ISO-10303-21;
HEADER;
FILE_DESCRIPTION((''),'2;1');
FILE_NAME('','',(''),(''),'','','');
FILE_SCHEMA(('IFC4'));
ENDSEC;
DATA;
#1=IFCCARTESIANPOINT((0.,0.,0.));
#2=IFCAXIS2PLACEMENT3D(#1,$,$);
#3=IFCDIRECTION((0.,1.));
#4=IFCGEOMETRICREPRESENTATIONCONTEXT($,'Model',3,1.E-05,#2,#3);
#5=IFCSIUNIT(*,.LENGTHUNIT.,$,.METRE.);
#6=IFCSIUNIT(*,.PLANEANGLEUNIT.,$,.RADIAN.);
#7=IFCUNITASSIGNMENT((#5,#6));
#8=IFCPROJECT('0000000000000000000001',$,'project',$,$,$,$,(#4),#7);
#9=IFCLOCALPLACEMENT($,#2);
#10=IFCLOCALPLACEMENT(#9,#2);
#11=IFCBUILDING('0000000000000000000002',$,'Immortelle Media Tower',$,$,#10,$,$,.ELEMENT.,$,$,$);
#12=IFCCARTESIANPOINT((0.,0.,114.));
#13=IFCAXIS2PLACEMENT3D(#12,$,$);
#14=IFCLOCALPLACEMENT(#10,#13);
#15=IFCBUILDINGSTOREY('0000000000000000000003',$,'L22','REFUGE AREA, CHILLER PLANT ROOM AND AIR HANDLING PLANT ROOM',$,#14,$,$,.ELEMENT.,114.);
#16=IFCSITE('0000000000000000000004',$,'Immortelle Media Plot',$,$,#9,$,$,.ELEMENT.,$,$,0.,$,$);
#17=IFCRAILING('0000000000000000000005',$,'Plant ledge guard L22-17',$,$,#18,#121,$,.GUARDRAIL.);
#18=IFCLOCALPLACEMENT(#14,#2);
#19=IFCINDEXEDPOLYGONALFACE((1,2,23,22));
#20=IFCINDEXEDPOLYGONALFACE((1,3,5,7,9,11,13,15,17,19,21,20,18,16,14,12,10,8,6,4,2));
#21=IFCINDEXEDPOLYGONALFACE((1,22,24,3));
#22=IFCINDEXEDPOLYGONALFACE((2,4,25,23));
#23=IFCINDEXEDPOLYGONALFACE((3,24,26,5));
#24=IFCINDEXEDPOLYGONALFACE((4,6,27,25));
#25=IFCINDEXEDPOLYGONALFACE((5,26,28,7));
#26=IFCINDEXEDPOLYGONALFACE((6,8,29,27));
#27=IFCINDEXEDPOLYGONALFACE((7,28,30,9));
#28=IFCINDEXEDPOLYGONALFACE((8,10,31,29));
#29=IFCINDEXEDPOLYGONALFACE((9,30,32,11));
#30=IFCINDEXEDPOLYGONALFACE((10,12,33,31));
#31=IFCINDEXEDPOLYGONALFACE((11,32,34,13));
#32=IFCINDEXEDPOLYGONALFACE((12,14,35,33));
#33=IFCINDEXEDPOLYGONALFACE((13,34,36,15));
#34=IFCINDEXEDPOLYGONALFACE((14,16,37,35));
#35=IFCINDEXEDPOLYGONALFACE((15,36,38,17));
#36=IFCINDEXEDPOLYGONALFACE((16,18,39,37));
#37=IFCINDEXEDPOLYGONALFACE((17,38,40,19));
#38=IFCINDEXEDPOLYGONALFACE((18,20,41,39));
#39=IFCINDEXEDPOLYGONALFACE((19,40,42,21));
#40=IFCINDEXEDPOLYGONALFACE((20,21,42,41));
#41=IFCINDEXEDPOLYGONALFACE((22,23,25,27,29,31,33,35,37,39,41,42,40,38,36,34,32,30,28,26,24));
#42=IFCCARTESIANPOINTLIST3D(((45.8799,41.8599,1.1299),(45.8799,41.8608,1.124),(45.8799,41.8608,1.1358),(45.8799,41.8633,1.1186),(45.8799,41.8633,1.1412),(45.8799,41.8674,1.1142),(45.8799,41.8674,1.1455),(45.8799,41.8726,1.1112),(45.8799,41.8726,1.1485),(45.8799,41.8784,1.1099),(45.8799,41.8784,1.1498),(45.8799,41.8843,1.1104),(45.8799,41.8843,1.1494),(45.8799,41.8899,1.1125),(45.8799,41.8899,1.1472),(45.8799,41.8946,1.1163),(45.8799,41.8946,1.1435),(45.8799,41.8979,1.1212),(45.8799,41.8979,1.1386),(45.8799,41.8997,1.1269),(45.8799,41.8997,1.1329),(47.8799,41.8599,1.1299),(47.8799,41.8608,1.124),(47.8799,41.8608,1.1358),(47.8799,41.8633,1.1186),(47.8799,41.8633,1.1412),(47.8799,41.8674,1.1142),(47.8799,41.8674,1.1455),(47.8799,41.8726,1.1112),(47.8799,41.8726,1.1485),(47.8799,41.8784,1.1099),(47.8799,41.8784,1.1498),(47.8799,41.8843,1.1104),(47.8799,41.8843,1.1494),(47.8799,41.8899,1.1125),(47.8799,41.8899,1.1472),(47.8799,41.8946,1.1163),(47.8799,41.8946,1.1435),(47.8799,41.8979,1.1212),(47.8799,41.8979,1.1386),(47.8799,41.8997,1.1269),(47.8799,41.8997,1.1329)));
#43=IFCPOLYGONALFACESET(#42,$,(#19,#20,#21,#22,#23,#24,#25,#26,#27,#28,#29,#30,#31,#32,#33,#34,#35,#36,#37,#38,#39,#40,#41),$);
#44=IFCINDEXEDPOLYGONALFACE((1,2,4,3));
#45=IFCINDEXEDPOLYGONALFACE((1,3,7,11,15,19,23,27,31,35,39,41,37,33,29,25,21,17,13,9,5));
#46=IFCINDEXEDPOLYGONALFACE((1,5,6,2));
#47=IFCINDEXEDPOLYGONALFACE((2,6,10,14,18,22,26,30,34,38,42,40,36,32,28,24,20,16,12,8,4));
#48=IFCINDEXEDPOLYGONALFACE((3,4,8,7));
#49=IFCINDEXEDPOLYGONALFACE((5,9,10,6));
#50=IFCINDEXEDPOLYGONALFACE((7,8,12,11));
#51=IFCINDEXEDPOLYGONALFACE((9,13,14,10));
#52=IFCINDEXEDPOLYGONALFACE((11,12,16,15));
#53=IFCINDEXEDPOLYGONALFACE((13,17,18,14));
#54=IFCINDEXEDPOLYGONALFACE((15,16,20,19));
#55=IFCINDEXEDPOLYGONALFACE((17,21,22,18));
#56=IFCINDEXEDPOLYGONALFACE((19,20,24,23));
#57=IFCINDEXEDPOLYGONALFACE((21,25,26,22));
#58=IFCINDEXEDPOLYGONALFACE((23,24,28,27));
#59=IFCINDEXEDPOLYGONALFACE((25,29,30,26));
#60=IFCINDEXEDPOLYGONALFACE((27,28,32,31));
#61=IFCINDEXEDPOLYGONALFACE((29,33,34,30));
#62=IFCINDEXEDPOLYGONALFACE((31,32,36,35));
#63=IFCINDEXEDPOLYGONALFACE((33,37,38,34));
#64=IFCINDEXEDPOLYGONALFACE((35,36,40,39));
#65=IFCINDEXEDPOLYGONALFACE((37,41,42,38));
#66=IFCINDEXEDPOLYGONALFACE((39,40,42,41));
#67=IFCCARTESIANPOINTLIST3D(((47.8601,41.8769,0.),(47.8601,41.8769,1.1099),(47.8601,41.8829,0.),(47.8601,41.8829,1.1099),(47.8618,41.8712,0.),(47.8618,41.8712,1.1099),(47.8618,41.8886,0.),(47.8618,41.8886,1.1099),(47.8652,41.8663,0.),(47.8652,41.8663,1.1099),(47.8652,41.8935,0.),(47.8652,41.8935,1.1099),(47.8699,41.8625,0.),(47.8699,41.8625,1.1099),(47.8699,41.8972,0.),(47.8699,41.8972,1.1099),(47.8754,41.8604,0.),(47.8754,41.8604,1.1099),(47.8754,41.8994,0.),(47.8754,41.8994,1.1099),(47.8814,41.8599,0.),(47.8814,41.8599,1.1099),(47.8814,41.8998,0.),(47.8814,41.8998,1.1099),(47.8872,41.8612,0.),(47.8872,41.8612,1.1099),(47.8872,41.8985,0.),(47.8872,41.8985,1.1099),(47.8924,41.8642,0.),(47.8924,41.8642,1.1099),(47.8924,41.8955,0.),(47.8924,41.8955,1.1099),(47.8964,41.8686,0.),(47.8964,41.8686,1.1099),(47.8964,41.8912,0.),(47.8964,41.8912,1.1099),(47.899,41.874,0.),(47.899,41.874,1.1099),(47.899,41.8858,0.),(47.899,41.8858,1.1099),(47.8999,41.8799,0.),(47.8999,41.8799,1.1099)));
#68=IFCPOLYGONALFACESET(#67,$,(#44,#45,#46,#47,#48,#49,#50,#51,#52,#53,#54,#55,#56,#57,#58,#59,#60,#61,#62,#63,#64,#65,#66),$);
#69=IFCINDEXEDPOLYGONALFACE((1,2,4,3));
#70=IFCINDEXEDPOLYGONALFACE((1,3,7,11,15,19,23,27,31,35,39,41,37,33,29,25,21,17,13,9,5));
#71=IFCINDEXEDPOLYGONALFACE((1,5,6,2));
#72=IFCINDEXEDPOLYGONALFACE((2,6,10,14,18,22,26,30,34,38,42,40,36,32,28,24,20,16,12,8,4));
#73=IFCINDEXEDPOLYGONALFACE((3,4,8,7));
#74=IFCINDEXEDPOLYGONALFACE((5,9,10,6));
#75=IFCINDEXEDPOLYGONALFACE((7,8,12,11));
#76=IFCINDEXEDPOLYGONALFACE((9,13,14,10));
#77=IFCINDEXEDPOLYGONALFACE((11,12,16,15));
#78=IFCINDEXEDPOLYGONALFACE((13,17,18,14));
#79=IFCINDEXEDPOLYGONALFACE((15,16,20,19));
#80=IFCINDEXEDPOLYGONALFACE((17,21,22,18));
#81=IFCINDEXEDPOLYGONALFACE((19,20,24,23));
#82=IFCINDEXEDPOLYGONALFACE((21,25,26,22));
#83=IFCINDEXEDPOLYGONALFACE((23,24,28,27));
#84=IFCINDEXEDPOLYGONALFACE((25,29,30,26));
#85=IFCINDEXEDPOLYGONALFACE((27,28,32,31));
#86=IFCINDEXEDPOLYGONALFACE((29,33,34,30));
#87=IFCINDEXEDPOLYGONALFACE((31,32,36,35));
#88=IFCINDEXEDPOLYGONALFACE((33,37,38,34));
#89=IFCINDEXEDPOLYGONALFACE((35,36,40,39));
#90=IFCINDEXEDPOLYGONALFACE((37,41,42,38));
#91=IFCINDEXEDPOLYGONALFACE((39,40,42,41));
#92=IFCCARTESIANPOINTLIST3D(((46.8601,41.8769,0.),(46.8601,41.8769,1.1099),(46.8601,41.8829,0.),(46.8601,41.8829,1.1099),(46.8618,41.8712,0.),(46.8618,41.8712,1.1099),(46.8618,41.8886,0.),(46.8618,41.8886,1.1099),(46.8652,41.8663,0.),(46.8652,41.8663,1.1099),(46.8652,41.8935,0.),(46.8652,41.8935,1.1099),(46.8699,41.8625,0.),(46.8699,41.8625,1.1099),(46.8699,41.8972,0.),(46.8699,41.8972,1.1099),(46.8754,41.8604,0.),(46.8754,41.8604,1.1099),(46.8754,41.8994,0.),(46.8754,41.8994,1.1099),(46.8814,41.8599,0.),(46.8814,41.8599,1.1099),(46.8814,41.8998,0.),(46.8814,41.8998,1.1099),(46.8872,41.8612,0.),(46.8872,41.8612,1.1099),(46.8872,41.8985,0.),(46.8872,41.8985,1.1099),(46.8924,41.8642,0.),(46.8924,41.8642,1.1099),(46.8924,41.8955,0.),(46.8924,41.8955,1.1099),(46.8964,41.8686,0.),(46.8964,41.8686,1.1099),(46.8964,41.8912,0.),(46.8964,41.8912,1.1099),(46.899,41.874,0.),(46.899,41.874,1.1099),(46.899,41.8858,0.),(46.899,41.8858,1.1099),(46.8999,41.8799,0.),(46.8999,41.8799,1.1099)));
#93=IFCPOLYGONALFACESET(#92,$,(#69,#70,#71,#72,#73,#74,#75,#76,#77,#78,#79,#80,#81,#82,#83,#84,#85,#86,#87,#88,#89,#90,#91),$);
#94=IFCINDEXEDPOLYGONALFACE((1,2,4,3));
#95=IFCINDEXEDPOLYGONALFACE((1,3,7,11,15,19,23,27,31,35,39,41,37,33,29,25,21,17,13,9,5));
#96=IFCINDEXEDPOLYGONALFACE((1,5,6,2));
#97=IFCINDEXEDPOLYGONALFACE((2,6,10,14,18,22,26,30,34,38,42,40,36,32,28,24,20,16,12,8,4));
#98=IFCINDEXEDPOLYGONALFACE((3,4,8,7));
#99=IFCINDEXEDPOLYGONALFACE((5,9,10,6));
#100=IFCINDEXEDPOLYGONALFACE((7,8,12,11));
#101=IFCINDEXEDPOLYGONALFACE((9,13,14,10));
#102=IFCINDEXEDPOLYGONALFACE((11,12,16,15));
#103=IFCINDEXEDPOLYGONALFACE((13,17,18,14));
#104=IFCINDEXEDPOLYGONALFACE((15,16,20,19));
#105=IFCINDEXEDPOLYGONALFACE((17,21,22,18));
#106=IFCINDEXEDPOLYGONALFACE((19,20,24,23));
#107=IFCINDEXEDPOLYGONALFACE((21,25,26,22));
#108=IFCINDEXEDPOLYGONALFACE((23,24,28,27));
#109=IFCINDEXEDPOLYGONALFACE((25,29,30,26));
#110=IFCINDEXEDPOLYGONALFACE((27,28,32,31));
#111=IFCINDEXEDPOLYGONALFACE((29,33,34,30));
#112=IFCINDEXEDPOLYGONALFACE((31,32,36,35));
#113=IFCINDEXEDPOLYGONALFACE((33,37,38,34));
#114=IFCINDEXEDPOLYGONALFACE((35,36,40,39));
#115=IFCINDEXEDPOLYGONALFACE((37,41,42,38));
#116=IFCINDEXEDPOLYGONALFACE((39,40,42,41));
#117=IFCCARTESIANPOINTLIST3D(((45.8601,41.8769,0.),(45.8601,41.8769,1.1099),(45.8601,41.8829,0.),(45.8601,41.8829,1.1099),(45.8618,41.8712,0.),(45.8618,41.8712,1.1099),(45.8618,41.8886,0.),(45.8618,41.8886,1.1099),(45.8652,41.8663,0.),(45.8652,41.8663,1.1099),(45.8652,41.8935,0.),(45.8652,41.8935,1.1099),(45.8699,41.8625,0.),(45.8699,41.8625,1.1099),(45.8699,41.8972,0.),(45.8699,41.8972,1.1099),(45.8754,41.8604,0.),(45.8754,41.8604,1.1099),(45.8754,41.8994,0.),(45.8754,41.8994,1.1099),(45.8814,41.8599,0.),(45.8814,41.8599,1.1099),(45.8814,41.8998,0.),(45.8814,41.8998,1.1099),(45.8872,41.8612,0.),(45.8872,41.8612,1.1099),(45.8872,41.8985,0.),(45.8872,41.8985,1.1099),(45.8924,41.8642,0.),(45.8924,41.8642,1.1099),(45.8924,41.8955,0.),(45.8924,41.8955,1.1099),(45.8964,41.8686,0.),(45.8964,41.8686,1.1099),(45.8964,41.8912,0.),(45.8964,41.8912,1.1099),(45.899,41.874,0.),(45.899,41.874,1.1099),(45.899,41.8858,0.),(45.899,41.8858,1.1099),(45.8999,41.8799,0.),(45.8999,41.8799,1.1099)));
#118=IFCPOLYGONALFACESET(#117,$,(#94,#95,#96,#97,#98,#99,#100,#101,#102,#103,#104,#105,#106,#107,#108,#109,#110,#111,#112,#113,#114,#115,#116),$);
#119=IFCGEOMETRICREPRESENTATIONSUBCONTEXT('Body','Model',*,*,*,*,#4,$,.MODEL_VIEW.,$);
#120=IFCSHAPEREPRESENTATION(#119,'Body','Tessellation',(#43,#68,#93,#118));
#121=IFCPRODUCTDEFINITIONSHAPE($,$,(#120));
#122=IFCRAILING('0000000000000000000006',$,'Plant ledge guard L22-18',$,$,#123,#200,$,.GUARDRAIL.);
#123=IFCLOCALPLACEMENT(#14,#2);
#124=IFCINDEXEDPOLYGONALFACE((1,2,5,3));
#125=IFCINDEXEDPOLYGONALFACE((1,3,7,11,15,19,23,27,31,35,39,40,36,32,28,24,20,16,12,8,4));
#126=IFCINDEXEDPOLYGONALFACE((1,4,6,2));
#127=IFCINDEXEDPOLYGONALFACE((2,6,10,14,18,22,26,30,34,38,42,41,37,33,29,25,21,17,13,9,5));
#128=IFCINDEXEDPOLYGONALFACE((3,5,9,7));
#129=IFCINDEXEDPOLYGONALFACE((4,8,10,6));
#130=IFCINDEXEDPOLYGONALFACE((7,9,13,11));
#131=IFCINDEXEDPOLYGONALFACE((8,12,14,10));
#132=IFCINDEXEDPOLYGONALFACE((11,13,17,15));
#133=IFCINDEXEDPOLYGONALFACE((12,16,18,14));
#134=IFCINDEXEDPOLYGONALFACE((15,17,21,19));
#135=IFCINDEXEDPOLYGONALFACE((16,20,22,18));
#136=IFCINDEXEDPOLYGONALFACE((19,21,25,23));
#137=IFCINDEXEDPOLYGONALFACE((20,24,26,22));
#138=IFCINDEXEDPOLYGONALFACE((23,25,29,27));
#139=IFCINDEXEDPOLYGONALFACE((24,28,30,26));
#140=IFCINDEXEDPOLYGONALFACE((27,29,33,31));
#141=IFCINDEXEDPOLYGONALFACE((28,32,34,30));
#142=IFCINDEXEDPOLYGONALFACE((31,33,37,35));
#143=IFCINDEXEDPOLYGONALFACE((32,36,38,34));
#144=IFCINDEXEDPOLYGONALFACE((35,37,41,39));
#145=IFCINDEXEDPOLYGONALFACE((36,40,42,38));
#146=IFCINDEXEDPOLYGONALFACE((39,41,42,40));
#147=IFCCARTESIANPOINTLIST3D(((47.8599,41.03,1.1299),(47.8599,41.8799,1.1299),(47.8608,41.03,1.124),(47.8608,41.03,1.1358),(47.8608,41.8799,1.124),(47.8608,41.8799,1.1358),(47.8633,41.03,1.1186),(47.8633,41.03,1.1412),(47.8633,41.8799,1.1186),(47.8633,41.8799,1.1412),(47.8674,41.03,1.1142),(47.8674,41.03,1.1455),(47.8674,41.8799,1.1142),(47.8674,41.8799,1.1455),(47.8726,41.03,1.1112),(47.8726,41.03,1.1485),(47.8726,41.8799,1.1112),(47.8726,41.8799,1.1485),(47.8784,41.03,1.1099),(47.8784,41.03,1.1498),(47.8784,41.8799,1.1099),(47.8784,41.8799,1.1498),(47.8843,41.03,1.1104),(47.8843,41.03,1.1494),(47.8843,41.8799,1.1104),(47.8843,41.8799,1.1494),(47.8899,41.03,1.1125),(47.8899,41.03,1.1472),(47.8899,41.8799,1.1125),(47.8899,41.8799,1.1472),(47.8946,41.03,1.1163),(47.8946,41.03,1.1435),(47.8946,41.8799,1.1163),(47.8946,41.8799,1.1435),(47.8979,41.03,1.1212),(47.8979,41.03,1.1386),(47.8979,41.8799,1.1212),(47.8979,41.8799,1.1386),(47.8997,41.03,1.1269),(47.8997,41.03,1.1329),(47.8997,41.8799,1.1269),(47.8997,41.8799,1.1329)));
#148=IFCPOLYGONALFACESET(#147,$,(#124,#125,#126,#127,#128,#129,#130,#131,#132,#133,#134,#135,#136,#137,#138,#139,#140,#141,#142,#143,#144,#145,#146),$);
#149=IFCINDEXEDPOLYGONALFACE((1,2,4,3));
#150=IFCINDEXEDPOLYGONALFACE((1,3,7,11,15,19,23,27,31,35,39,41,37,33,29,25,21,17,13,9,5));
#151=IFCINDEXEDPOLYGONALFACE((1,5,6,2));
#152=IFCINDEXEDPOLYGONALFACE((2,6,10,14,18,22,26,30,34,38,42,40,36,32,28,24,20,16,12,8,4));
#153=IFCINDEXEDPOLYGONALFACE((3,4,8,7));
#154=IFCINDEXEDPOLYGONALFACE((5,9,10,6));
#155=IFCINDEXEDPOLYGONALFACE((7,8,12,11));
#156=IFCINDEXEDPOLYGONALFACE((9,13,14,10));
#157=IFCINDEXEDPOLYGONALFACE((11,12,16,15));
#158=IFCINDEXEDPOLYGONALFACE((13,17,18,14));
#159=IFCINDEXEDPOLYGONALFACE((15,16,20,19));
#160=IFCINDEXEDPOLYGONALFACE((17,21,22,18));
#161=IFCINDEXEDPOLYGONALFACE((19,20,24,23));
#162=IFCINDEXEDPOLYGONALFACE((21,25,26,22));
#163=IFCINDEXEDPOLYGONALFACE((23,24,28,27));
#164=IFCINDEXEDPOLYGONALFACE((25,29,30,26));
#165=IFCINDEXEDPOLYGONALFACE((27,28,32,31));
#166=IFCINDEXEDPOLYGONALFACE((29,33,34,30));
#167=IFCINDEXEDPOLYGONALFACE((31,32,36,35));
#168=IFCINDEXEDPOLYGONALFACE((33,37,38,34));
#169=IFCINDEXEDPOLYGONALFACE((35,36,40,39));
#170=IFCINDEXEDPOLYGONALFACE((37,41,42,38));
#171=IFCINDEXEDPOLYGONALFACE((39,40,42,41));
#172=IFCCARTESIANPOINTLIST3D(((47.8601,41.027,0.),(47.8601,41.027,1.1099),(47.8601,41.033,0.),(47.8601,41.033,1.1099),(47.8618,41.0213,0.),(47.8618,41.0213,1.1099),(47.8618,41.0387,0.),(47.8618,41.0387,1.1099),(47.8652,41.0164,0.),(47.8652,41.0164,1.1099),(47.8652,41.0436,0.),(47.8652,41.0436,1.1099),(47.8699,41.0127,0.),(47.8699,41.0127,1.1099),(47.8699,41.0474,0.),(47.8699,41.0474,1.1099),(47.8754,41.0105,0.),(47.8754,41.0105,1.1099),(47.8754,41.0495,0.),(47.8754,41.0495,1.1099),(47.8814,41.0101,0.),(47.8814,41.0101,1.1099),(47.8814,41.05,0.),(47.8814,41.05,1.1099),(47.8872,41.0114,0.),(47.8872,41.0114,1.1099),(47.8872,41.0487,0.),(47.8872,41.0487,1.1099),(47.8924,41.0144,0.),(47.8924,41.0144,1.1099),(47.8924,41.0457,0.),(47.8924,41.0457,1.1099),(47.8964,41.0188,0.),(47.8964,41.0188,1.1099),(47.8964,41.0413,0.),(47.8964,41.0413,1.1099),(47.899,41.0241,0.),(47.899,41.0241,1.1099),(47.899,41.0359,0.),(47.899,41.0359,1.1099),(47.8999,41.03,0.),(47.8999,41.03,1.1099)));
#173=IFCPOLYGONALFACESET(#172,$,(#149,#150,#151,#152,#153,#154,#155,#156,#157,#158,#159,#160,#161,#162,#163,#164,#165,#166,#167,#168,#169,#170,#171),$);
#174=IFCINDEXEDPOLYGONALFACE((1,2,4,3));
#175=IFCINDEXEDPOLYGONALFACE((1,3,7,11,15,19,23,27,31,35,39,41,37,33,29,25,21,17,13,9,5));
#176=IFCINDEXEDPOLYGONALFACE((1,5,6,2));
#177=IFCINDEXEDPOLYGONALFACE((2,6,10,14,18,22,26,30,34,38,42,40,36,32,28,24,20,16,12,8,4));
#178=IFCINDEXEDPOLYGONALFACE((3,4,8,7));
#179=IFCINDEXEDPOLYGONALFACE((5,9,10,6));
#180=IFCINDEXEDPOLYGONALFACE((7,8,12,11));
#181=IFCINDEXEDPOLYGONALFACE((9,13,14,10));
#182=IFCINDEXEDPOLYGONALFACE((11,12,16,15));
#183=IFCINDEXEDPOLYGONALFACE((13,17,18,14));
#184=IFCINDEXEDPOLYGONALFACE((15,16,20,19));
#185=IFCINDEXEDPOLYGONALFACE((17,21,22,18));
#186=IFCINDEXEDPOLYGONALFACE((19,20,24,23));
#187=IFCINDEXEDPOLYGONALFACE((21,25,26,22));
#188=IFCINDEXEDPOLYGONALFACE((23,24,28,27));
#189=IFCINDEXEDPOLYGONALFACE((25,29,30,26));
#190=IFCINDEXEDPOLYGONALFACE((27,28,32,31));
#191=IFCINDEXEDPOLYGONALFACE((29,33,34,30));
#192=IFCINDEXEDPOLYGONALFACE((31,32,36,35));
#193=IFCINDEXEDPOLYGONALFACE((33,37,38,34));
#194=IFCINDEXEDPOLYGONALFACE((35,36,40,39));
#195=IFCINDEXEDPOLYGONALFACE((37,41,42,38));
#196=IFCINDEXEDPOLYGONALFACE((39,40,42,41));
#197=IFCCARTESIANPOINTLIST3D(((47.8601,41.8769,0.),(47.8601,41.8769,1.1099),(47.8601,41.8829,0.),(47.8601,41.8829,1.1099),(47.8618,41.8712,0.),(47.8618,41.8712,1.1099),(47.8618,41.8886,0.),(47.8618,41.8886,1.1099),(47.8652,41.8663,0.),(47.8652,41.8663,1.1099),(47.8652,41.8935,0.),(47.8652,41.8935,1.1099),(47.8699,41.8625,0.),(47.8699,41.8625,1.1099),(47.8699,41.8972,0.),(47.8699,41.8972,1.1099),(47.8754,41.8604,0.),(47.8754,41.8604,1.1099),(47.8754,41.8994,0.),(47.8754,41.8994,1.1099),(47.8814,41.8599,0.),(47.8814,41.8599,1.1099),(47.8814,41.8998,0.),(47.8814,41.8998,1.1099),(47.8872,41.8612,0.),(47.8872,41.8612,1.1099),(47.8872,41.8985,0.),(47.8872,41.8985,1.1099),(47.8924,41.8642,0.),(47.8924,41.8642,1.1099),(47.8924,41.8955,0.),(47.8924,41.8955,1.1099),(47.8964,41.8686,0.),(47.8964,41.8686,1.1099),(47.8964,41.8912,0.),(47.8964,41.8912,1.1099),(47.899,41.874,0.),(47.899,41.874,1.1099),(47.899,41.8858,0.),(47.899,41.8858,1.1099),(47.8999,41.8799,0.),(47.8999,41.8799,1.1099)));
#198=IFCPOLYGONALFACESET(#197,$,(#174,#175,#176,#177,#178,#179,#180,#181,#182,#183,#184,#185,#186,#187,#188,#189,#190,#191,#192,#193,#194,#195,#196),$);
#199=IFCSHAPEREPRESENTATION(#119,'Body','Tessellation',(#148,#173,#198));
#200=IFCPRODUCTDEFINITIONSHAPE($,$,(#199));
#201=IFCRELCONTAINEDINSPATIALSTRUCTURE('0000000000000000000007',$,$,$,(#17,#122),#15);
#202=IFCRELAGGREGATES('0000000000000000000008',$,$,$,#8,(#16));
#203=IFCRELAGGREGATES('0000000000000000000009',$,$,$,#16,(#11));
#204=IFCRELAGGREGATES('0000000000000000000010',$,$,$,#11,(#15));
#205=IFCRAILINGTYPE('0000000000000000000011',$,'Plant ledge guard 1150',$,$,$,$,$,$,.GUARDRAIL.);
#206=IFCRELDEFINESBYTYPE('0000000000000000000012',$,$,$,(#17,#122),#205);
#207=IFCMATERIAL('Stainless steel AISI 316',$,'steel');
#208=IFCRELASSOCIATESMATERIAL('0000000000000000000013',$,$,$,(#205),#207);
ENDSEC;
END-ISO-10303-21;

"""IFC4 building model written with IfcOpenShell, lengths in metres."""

from ifc_helpers import new_model, si_unit, direction, frame, origin, origin_2d, place, context, subcontext, project, spatial, circle, extrude, material, type_object, element, save


model = new_model("IFC4")

# Units and contexts
model_context = context("Model", 3, precision=1e-05, world=origin(), true_north=direction((0.0, 1.0)))
body_context = subcontext(model_context, "Body", "Model", "MODEL_VIEW")
ifc_project = project(units=[si_unit("LENGTHUNIT", "METRE"), si_unit("PLANEANGLEUNIT", "RADIAN")], contexts=[model_context])

# Site, building, storey
site_placement = place(None, origin())
site = spatial("IfcSite", under=ifc_project, at=site_placement, Name="Immortelle Media Plot", CompositionType="ELEMENT", RefElevation=0.0)
building_placement = place(site_placement, origin())
building = spatial("IfcBuilding", under=site, at=building_placement, Name="Immortelle Media Tower", CompositionType="ELEMENT")
storey_placement = place(building_placement, frame((0.0, 0.0, 114.0)))
storey = spatial("IfcBuildingStorey", under=building, at=storey_placement, Name="L22", Description="REFUGE AREA, CHILLER PLANT ROOM AND AIR HANDLING PLANT ROOM", CompositionType="ELEMENT", Elevation=114.0)

# Railings
ifc_material_1 = material(Name="Stainless steel AISI 316", Category="steel")
railing_type = type_object("IfcRailingType", Name="Plant ledge guard 1150", PredefinedType="GUARDRAIL", material=ifc_material_1)
railing_1_placement = place(storey_placement, frame((47.8799, 41.8799, 0.0)))
element("IfcRailing", 1, at=railing_1_placement, inside=storey, type_object=railing_type, Name="Plant ledge guard L22-17", PredefinedType="GUARDRAIL", context=body_context, shape_type="SweptSolid", body=[
    extrude(circle(Radius=0.02, at=origin_2d()), frame((0.0, 0.0, 1.1299), z_axis=(-1.0, 0.0, 0.0), x_axis=(0.0, -1.0, 0.0)), (0.0, 0.0, 1.0), 2.0),
    extrude(circle(Radius=0.02, at=origin_2d()), origin(), (0.0, 0.0, 1.0), 1.1099),
    extrude(circle(Radius=0.02, at=origin_2d()), frame((-1.0, 0.0, 0.0)), (0.0, 0.0, 1.0), 1.1099),
    extrude(circle(Radius=0.02, at=origin_2d()), frame((-2.0, 0.0, 0.0)), (0.0, 0.0, 1.0), 1.1099),
])
railing_2_placement = place(storey_placement, frame((47.8799, 41.03, 0.0)))
element("IfcRailing", 2, at=railing_2_placement, inside=storey, type_object=railing_type, Name="Plant ledge guard L22-18", PredefinedType="GUARDRAIL", context=body_context, shape_type="SweptSolid", body=[
    extrude(circle(Radius=0.02, at=origin_2d()), frame((0.0, 0.0, 1.1299), z_axis=(0.0, 1.0, 0.0), x_axis=(-1.0, 0.0, 0.0)), (0.0, 0.0, 1.0), 0.8499),
    extrude(circle(Radius=0.02, at=origin_2d()), origin(), (0.0, 0.0, 1.0), 1.1099),
    extrude(circle(Radius=0.02, at=origin_2d()), frame((0.0, 0.8499, 0.0)), (0.0, 0.0, 1.0), 1.1099),
])

save(model, "model.ifc")
